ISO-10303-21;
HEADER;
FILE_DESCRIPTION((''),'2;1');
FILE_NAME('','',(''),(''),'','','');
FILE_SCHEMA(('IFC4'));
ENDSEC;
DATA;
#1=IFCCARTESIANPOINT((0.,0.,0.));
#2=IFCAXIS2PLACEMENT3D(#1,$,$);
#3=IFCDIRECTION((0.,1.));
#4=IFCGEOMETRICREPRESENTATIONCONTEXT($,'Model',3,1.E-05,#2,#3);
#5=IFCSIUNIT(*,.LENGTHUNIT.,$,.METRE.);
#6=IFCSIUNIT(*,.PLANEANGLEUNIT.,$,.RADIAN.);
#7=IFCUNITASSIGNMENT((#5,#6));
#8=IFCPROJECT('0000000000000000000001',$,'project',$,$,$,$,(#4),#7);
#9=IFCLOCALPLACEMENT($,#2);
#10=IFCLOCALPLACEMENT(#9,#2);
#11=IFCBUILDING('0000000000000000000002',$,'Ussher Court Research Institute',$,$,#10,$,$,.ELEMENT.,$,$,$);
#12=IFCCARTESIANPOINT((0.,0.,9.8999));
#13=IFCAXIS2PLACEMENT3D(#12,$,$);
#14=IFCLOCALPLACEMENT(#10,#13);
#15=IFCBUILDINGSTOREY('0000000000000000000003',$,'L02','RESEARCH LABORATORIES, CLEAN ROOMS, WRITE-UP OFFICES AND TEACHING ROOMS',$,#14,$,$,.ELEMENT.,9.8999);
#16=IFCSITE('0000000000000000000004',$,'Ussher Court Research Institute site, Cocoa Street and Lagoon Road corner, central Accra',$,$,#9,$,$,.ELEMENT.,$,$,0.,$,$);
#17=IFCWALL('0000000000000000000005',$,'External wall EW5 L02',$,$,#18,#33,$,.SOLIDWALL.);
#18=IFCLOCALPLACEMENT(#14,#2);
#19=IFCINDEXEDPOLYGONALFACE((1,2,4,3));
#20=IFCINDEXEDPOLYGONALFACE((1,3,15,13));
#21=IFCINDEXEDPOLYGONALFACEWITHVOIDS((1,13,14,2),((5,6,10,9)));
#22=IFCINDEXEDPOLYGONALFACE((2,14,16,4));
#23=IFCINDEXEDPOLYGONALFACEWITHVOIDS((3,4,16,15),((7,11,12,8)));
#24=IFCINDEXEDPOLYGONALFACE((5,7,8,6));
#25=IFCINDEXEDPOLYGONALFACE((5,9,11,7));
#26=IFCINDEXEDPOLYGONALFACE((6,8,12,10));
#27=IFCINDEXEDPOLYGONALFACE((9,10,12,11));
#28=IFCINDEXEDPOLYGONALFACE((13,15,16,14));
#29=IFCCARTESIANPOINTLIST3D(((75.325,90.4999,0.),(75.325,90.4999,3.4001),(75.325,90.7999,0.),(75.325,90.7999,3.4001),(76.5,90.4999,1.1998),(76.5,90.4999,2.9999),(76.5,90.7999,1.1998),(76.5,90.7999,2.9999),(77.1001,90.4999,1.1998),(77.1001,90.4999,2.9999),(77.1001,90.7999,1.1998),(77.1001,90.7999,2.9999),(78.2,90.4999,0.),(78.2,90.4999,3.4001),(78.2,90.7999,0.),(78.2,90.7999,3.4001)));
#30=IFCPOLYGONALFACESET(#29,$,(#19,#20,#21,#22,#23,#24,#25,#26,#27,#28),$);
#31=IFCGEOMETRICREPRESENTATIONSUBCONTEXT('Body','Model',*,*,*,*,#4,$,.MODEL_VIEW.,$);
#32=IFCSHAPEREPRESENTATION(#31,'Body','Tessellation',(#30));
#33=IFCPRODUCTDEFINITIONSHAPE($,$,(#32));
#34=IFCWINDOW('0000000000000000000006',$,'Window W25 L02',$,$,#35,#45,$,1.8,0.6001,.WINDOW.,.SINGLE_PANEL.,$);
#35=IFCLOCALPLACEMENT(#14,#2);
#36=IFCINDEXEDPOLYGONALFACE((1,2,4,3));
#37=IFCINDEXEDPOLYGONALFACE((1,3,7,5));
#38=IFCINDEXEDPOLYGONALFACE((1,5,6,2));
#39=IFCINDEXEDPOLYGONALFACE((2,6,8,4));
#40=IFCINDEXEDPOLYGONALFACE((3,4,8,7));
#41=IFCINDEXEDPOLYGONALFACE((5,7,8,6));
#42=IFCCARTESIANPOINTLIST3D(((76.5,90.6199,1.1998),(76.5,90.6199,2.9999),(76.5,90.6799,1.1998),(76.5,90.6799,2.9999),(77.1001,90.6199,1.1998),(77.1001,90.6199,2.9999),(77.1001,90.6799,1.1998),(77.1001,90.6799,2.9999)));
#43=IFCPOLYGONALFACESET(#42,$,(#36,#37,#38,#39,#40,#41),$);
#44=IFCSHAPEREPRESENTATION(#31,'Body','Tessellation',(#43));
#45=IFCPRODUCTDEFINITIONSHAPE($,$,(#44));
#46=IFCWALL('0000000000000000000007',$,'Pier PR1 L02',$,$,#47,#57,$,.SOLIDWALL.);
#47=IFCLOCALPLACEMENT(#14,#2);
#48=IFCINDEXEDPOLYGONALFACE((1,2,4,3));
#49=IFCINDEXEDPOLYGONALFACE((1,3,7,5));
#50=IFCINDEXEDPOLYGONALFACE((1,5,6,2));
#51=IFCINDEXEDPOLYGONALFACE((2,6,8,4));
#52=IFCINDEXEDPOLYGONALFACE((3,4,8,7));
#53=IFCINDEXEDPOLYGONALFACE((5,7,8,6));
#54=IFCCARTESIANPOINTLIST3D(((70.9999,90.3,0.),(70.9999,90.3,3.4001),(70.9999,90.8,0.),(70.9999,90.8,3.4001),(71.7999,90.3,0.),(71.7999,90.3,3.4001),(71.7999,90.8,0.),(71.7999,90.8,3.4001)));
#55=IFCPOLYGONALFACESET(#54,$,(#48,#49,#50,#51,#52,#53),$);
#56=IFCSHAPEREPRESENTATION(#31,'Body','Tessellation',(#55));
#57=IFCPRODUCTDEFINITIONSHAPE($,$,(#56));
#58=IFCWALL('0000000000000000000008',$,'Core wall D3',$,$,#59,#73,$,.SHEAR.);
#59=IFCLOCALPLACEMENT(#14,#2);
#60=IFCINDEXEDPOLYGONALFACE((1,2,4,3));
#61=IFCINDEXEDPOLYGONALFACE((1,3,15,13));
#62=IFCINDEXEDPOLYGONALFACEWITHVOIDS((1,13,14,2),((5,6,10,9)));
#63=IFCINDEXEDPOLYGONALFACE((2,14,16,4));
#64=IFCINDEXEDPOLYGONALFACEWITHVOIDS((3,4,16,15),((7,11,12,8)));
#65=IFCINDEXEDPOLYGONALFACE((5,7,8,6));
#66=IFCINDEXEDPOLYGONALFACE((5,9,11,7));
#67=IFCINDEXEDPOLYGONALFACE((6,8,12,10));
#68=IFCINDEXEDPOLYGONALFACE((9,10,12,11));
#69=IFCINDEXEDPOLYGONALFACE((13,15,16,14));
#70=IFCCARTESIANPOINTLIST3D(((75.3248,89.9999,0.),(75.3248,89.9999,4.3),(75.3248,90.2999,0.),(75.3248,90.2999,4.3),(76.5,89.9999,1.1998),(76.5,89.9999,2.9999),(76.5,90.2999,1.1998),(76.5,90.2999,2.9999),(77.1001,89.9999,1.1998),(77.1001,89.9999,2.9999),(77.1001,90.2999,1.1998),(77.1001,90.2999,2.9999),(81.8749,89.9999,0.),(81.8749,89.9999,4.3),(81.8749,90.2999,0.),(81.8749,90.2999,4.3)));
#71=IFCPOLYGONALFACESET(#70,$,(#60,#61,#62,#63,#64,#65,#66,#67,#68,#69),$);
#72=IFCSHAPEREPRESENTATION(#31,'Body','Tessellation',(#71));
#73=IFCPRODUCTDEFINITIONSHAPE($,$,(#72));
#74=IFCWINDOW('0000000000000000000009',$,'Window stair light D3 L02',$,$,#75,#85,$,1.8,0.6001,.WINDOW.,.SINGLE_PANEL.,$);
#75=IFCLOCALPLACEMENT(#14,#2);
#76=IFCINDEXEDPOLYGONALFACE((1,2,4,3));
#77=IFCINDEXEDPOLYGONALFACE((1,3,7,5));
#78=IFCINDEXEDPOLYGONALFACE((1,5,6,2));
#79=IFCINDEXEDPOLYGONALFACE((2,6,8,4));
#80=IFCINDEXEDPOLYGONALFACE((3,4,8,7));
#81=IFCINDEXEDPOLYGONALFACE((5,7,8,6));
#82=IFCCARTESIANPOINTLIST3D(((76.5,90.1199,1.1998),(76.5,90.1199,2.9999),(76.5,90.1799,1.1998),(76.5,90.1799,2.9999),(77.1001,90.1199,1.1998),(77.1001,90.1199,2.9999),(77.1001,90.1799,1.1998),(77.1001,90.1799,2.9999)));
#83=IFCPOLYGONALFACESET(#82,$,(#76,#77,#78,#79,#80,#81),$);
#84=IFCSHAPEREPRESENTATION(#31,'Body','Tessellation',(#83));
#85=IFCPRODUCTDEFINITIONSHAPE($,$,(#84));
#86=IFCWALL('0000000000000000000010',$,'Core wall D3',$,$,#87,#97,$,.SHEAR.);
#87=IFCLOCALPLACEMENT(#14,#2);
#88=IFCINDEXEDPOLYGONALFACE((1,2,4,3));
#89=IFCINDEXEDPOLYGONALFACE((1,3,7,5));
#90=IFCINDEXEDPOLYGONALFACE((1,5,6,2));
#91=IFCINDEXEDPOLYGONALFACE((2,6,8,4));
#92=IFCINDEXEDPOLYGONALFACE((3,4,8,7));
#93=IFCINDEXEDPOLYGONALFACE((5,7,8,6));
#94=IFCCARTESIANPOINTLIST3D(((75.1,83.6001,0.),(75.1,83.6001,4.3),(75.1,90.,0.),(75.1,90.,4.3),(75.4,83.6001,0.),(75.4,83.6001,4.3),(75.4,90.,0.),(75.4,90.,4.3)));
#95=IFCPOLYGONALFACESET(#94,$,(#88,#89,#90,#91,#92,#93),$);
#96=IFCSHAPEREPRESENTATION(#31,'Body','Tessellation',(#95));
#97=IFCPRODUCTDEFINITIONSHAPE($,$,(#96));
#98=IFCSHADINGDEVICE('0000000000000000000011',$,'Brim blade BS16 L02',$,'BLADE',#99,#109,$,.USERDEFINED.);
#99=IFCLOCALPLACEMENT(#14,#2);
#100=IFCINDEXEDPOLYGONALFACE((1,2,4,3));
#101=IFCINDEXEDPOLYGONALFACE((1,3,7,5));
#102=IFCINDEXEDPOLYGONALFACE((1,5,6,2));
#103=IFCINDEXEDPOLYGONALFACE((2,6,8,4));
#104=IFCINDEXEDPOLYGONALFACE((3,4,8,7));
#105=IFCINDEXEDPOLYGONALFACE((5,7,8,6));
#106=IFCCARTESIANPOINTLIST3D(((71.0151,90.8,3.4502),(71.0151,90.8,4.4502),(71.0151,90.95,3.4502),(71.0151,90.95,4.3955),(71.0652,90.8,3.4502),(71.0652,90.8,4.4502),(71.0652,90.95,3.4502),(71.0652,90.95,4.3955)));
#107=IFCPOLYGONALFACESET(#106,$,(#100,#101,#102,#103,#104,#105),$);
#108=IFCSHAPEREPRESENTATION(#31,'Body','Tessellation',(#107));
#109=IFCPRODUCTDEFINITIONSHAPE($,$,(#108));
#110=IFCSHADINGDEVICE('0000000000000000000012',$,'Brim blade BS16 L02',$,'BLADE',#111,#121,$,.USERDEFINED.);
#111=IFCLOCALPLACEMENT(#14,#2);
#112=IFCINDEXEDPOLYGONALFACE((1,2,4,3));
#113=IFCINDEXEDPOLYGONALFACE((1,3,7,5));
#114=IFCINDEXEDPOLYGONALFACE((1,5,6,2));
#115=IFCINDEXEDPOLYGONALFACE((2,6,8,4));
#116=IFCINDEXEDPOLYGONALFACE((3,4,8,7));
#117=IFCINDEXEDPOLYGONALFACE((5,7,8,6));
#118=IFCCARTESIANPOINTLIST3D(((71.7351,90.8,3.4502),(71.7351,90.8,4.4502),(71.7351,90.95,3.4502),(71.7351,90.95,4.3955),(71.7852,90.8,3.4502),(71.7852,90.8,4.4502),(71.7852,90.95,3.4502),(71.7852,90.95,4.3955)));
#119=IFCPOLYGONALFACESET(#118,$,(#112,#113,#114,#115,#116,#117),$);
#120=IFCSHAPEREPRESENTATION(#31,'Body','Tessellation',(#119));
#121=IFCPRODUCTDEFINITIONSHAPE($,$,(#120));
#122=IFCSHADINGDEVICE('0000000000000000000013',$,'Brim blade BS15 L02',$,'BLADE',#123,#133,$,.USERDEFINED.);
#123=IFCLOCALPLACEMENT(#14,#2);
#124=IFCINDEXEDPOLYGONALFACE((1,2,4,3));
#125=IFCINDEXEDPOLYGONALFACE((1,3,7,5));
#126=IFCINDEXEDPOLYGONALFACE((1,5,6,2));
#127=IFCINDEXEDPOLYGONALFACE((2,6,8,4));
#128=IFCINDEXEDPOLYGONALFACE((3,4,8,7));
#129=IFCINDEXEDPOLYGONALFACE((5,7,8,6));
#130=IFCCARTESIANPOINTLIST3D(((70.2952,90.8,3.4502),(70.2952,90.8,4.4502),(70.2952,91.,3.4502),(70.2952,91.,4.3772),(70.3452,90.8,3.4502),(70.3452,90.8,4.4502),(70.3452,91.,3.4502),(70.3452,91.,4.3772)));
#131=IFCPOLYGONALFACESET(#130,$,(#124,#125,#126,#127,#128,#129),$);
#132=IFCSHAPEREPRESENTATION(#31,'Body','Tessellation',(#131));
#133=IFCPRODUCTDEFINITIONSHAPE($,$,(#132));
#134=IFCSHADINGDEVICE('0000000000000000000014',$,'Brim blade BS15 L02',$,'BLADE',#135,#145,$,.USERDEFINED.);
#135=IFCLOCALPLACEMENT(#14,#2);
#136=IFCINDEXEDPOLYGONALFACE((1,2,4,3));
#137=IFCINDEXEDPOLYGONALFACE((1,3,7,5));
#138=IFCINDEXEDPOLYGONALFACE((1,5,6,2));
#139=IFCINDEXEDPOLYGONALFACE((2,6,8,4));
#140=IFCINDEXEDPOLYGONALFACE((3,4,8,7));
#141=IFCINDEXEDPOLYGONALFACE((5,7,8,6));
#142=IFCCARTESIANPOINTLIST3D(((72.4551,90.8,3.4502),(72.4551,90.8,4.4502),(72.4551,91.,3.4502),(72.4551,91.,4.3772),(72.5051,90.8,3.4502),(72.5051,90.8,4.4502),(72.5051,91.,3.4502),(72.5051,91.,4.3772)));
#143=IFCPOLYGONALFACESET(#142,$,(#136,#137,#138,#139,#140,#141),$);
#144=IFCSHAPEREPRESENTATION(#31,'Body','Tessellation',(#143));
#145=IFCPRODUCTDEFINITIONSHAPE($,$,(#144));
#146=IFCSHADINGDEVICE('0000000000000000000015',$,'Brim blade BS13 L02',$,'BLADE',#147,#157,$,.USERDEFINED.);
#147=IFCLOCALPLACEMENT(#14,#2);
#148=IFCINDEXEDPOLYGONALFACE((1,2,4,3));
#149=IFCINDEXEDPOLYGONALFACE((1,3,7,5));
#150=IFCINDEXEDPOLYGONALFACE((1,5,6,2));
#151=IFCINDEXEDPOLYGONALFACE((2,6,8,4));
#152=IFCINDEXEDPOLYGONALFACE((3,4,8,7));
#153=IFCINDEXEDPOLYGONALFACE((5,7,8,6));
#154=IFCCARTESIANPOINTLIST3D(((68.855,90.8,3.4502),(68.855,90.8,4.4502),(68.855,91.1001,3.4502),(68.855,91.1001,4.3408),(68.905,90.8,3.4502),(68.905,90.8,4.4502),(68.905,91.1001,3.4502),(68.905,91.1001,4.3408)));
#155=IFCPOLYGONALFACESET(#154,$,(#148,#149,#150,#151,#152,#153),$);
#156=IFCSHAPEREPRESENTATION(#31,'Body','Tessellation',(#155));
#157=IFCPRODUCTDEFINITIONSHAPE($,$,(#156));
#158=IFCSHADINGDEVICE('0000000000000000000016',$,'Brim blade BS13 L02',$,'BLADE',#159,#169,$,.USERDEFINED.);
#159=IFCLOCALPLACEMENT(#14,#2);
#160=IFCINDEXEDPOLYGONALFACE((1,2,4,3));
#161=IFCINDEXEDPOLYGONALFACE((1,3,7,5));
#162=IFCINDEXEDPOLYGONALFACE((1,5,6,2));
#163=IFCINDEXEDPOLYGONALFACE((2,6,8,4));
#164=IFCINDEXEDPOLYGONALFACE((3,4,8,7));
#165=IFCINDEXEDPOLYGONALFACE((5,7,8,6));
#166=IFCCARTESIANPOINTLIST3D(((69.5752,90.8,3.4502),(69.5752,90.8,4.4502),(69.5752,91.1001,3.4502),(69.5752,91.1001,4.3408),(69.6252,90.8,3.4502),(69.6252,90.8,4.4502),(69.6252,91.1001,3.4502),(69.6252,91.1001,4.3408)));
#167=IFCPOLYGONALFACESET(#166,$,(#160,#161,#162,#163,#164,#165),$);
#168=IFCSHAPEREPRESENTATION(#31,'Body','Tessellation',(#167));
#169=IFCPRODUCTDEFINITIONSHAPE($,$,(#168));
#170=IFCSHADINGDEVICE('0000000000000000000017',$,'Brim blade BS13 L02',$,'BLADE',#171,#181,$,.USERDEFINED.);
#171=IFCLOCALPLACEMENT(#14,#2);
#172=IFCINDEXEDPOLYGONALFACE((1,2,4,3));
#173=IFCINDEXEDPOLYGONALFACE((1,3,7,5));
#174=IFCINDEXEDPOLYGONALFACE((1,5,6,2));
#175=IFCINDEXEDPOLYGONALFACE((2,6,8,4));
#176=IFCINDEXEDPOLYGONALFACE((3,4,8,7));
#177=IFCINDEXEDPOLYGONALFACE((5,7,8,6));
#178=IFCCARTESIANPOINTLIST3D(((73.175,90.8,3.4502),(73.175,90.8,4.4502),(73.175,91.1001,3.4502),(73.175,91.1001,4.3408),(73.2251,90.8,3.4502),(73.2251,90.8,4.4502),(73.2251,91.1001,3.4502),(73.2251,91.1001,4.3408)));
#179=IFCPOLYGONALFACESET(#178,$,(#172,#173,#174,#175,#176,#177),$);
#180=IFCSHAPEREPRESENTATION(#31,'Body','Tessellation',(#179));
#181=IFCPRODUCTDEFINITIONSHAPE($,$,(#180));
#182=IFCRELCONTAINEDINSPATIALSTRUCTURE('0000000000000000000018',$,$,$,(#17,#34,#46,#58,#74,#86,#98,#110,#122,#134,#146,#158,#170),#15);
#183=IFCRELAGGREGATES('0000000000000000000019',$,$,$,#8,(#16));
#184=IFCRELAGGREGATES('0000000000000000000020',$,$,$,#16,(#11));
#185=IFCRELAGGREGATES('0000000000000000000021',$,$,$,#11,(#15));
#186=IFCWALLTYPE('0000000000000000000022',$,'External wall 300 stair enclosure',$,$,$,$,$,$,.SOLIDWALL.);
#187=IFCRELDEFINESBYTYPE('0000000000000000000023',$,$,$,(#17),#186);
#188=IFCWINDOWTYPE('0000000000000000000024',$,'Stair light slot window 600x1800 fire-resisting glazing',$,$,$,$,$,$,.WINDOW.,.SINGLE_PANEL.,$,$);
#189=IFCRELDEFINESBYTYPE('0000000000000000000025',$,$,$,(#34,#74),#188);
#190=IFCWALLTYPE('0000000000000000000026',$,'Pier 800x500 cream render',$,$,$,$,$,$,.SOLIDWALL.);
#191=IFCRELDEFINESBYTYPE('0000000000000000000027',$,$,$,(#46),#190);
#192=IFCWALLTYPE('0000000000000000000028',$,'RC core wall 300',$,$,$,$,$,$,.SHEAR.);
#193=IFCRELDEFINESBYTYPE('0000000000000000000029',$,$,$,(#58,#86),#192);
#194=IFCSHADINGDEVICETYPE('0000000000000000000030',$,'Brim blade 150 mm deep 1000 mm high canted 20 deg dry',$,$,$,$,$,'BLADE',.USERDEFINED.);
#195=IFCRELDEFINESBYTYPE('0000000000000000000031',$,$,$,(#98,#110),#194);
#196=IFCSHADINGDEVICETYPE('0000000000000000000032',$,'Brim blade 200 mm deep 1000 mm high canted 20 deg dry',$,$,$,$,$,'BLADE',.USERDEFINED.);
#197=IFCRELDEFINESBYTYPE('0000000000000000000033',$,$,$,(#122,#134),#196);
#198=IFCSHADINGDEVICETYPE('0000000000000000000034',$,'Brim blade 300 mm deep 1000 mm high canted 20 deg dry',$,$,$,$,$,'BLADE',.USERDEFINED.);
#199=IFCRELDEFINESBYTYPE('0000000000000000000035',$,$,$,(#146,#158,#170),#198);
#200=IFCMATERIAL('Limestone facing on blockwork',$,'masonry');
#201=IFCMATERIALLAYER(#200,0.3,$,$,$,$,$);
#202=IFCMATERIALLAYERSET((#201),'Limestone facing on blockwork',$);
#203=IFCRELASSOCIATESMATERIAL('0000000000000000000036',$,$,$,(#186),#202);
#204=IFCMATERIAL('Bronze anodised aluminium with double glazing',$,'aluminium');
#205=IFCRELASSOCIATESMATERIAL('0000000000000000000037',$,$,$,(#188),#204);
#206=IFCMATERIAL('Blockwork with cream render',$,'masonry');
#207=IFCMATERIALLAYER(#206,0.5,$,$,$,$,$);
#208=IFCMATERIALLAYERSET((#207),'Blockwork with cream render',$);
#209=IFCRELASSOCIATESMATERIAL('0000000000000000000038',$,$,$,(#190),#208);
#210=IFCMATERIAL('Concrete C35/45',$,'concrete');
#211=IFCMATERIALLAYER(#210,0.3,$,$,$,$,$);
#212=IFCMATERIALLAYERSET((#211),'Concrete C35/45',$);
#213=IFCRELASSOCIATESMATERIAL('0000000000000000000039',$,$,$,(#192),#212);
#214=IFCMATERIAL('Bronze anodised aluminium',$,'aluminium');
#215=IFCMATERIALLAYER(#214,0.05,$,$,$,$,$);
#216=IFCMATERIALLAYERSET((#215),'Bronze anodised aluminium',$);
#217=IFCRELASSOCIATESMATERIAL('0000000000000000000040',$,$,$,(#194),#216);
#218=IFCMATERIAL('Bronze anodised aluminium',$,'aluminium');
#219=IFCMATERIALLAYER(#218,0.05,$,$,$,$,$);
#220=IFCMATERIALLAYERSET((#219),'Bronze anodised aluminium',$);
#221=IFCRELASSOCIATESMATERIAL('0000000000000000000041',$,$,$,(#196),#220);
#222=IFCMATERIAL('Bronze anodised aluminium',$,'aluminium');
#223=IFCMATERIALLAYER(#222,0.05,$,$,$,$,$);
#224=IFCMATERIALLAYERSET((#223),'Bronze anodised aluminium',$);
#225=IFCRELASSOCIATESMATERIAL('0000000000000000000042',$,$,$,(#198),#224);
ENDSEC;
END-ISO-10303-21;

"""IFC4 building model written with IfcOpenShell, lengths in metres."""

from ifc_helpers import new_model, si_unit, direction, frame, frame_2d, origin, place, context, subcontext, project, spatial, polyline, rectangle, outline, extrude, material, layer, layer_set, type_object, element, fill, save


model = new_model("IFC4")

# Units and contexts
model_context = context("Model", 3, precision=1e-05, world=origin(), true_north=direction((0.0, 1.0)))
body_context = subcontext(model_context, "Body", "Model", "MODEL_VIEW")
ifc_project = project(units=[si_unit("LENGTHUNIT", "METRE"), si_unit("PLANEANGLEUNIT", "RADIAN")], contexts=[model_context])

# Site, building, storey
site_placement = place(None, origin())
site = spatial("IfcSite", under=ifc_project, at=site_placement, Name="Ussher Court Research Institute site, Cocoa Street and Lagoon Road corner, central Accra", CompositionType="ELEMENT", RefElevation=0.0)
building_placement = place(site_placement, origin())
building = spatial("IfcBuilding", under=site, at=building_placement, Name="Ussher Court Research Institute", CompositionType="ELEMENT")
storey_placement = place(building_placement, frame((0.0, 0.0, 9.8999)))
storey = spatial("IfcBuildingStorey", under=building, at=storey_placement, Name="L02", Description="RESEARCH LABORATORIES, CLEAN ROOMS, WRITE-UP OFFICES AND TEACHING ROOMS", CompositionType="ELEMENT", Elevation=9.8999)

# Wall, opening, window
ifc_material_1 = material(Name="Limestone facing on blockwork", Category="masonry")
ifc_layer_1 = layer(ifc_material_1, 0.3)
ifc_layer_set_1 = layer_set([ifc_layer_1], Name="Limestone facing on blockwork")
wall_type_1 = type_object("IfcWallType", Name="External wall 300 stair enclosure", PredefinedType="SOLIDWALL", material=ifc_layer_set_1)
wall_1_placement = place(storey_placement, frame((75.325, 90.6499, 0.0), z_axis=(0.0, 0.0, 1.0), x_axis=(1.0, 0.0, 0.0)))
wall_1 = element("IfcWall", 1, at=wall_1_placement, inside=storey, type_object=wall_type_1, Name="External wall EW5 L02", PredefinedType="SOLIDWALL", context=body_context, shape_type="SweptSolid", body=[
    extrude(rectangle(XDim=2.875, YDim=0.3, at=frame_2d((1.4375, 0.0))), origin(), (0.0, 0.0, 1.0), 3.4001),
])
opening_1_placement = place(wall_1_placement, frame((1.175, 0.0, 1.2)))
opening_1 = element("IfcOpeningElement", 2, at=opening_1_placement, cuts=wall_1, PredefinedType="OPENING", context=body_context, shape_type="SweptSolid", body=[
    extrude(rectangle(XDim=0.6001, YDim=1.8, at=frame_2d((0.3, 0.8999))), frame((0.0, 0.1602, 0.0), z_axis=(0.0, -1.0, 0.0), x_axis=(1.0, 0.0, 0.0)), (0.0, 0.0, 1.0), 0.3201),
])
ifc_material_2 = material(Name="Bronze anodised aluminium with double glazing", Category="aluminium")
window_type_1 = type_object("IfcWindowType", Name="Stair light slot window 600x1800 fire-resisting glazing", PartitioningType="SINGLE_PANEL", PredefinedType="WINDOW", material=ifc_material_2)
window_1_placement = place(opening_1_placement, origin())
window_1 = element("IfcWindow", 3, at=window_1_placement, inside=storey, type_object=window_type_1, Name="Window W25 L02", OverallHeight=1.8, OverallWidth=0.6001, PartitioningType="SINGLE_PANEL", PredefinedType="WINDOW", context=body_context, shape_type="SweptSolid", body=[
    extrude(rectangle(XDim=0.6001, YDim=1.8, at=frame_2d((0.3, 0.8999))), frame((0.0, 0.03, 0.0), z_axis=(0.0, -1.0, 0.0), x_axis=(1.0, 0.0, 0.0)), (0.0, 0.0, 1.0), 0.0601),
])
fill(opening_1, window_1)

# Wall
ifc_material_3 = material(Name="Blockwork with cream render", Category="masonry")
ifc_layer_2 = layer(ifc_material_3, 0.5)
ifc_layer_set_2 = layer_set([ifc_layer_2], Name="Blockwork with cream render")
wall_type_2 = type_object("IfcWallType", Name="Pier 800x500 cream render", PredefinedType="SOLIDWALL", material=ifc_layer_set_2)
wall_2_placement = place(storey_placement, frame((71.0, 90.55, 0.0), z_axis=(0.0, 0.0, 1.0), x_axis=(1.0, 0.0, 0.0)))
element("IfcWall", 4, at=wall_2_placement, inside=storey, type_object=wall_type_2, Name="Pier PR1 L02", PredefinedType="SOLIDWALL", context=body_context, shape_type="SweptSolid", body=[
    extrude(rectangle(XDim=0.8, YDim=0.5, at=frame_2d((0.3999, 0.0))), origin(), (0.0, 0.0, 1.0), 3.4001),
])

# Wall, opening, window
ifc_material_4 = material(Name="Concrete C35/45", Category="concrete")
ifc_layer_3 = layer(ifc_material_4, 0.3)
ifc_layer_set_3 = layer_set([ifc_layer_3], Name="Concrete C35/45")
wall_type_3 = type_object("IfcWallType", Name="RC core wall 300", PredefinedType="SHEAR", material=ifc_layer_set_3)
wall_3_placement = place(storey_placement, frame((75.325, 90.1499, 0.0), z_axis=(0.0, 0.0, 1.0), x_axis=(1.0, 0.0, 0.0)))
wall_3 = element("IfcWall", 5, at=wall_3_placement, inside=storey, type_object=wall_type_3, Name="Core wall D3", PredefinedType="SHEAR", context=body_context, shape_type="SweptSolid", body=[
    extrude(rectangle(XDim=6.55, YDim=0.3, at=frame_2d((3.2749, 0.0))), origin(), (0.0, 0.0, 1.0), 4.3),
])
opening_2_placement = place(wall_3_placement, frame((1.175, 0.0, 1.2)))
opening_2 = element("IfcOpeningElement", 6, at=opening_2_placement, cuts=wall_3, PredefinedType="OPENING", context=body_context, shape_type="SweptSolid", body=[
    extrude(rectangle(XDim=0.6001, YDim=1.8, at=frame_2d((0.3, 0.8999))), frame((0.0, 0.1602, 0.0), z_axis=(0.0, -1.0, 0.0), x_axis=(1.0, 0.0, 0.0)), (0.0, 0.0, 1.0), 0.3201),
])
window_2_placement = place(opening_2_placement, origin())
window_2 = element("IfcWindow", 7, at=window_2_placement, inside=storey, type_object=window_type_1, Name="Window stair light D3 L02", OverallHeight=1.8, OverallWidth=0.6001, PartitioningType="SINGLE_PANEL", PredefinedType="WINDOW", context=body_context, shape_type="SweptSolid", body=[
    extrude(rectangle(XDim=0.6001, YDim=1.8, at=frame_2d((0.3, 0.8999))), frame((0.0, 0.03, 0.0), z_axis=(0.0, -1.0, 0.0), x_axis=(1.0, 0.0, 0.0)), (0.0, 0.0, 1.0), 0.0601),
])
fill(opening_2, window_2)

# Wall
wall_4_placement = place(storey_placement, frame((75.25, 83.6001, 0.0), z_axis=(0.0, 0.0, 1.0), x_axis=(0.0, 1.0, 0.0)))
element("IfcWall", 8, at=wall_4_placement, inside=storey, type_object=wall_type_3, Name="Core wall D3", PredefinedType="SHEAR", context=body_context, shape_type="SweptSolid", body=[
    extrude(rectangle(XDim=6.3999, YDim=0.3, at=frame_2d((3.2, 0.0))), origin(), (0.0, 0.0, 1.0), 4.3),
])

# Shading devices
ifc_material_5 = material(Name="Bronze anodised aluminium", Category="aluminium")
ifc_layer_4 = layer(ifc_material_5, 0.05)
ifc_layer_set_4 = layer_set([ifc_layer_4], Name="Bronze anodised aluminium")
shading_device_type_1 = type_object("IfcShadingDeviceType", Name="Brim blade 150 mm deep 1000 mm high canted 20 deg dry", ElementType="BLADE", PredefinedType="USERDEFINED", material=ifc_layer_set_4)
for number, where, z_axis, x_axis, name in (
    (9, (71.04, 90.8, 3.4502), (0.0, 0.0, 1.0), (0.0, 1.0, 0.0), "Brim blade BS16 L02"),
    (10, (71.76, 90.8, 3.4502), (0.0, 0.0, 1.0), (0.0, 1.0, 0.0), "Brim blade BS16 L02"),
):
    element("IfcShadingDevice", number, at=place(storey_placement, frame(where, z_axis=z_axis, x_axis=x_axis)), inside=storey, type_object=shading_device_type_1, Name=name, ObjectType="BLADE", PredefinedType="USERDEFINED", context=body_context, shape_type="SweptSolid", body=[
        extrude(outline(polyline([(0.0, 0.0), (0.1499, 0.0), (0.1499, 0.9453), (0.0, 1.0), (0.0, 0.0)])), frame((0.0, 0.0249, 0.0), z_axis=(0.0, -1.0, 0.0), x_axis=(1.0, 0.0, 0.0)), (0.0, 0.0, 1.0), 0.05),
    ])
ifc_material_6 = material(Name="Bronze anodised aluminium", Category="aluminium")
ifc_layer_5 = layer(ifc_material_6, 0.05)
ifc_layer_set_5 = layer_set([ifc_layer_5], Name="Bronze anodised aluminium")
shading_device_type_2 = type_object("IfcShadingDeviceType", Name="Brim blade 200 mm deep 1000 mm high canted 20 deg dry", ElementType="BLADE", PredefinedType="USERDEFINED", material=ifc_layer_set_5)
for number, where, z_axis, x_axis, name in (
    (11, (70.3201, 90.8, 3.4502), (0.0, 0.0, 1.0), (0.0, 1.0, 0.0), "Brim blade BS15 L02"),
    (12, (72.48, 90.8, 3.4502), (0.0, 0.0, 1.0), (0.0, 1.0, 0.0), "Brim blade BS15 L02"),
):
    element("IfcShadingDevice", number, at=place(storey_placement, frame(where, z_axis=z_axis, x_axis=x_axis)), inside=storey, type_object=shading_device_type_2, Name=name, ObjectType="BLADE", PredefinedType="USERDEFINED", context=body_context, shape_type="SweptSolid", body=[
        extrude(outline(polyline([(0.0, 0.0), (0.2, 0.0), (0.2, 0.927), (0.0, 1.0), (0.0, 0.0)])), frame((0.0, 0.0249, 0.0), z_axis=(0.0, -1.0, 0.0), x_axis=(1.0, 0.0, 0.0)), (0.0, 0.0, 1.0), 0.05),
    ])
ifc_material_7 = material(Name="Bronze anodised aluminium", Category="aluminium")
ifc_layer_6 = layer(ifc_material_7, 0.05)
ifc_layer_set_6 = layer_set([ifc_layer_6], Name="Bronze anodised aluminium")
shading_device_type_3 = type_object("IfcShadingDeviceType", Name="Brim blade 300 mm deep 1000 mm high canted 20 deg dry", ElementType="BLADE", PredefinedType="USERDEFINED", material=ifc_layer_set_6)
for number, where, z_axis, x_axis, name in (
    (13, (68.8799, 90.8, 3.4502), (0.0, 0.0, 1.0), (0.0, 1.0, 0.0), "Brim blade BS13 L02"),
    (14, (69.6001, 90.8, 3.4502), (0.0, 0.0, 1.0), (0.0, 1.0, 0.0), "Brim blade BS13 L02"),
    (15, (73.2, 90.8, 3.4502), (0.0, 0.0, 1.0), (0.0, 1.0, 0.0), "Brim blade BS13 L02"),
):
    element("IfcShadingDevice", number, at=place(storey_placement, frame(where, z_axis=z_axis, x_axis=x_axis)), inside=storey, type_object=shading_device_type_3, Name=name, ObjectType="BLADE", PredefinedType="USERDEFINED", context=body_context, shape_type="SweptSolid", body=[
        extrude(outline(polyline([(0.0, 0.0), (0.3, 0.0), (0.3, 0.8906), (0.0, 1.0), (0.0, 0.0)])), frame((0.0, 0.0249, 0.0), z_axis=(0.0, -1.0, 0.0), x_axis=(1.0, 0.0, 0.0)), (0.0, 0.0, 1.0), 0.05),
    ])

save(model, "model.ifc")
